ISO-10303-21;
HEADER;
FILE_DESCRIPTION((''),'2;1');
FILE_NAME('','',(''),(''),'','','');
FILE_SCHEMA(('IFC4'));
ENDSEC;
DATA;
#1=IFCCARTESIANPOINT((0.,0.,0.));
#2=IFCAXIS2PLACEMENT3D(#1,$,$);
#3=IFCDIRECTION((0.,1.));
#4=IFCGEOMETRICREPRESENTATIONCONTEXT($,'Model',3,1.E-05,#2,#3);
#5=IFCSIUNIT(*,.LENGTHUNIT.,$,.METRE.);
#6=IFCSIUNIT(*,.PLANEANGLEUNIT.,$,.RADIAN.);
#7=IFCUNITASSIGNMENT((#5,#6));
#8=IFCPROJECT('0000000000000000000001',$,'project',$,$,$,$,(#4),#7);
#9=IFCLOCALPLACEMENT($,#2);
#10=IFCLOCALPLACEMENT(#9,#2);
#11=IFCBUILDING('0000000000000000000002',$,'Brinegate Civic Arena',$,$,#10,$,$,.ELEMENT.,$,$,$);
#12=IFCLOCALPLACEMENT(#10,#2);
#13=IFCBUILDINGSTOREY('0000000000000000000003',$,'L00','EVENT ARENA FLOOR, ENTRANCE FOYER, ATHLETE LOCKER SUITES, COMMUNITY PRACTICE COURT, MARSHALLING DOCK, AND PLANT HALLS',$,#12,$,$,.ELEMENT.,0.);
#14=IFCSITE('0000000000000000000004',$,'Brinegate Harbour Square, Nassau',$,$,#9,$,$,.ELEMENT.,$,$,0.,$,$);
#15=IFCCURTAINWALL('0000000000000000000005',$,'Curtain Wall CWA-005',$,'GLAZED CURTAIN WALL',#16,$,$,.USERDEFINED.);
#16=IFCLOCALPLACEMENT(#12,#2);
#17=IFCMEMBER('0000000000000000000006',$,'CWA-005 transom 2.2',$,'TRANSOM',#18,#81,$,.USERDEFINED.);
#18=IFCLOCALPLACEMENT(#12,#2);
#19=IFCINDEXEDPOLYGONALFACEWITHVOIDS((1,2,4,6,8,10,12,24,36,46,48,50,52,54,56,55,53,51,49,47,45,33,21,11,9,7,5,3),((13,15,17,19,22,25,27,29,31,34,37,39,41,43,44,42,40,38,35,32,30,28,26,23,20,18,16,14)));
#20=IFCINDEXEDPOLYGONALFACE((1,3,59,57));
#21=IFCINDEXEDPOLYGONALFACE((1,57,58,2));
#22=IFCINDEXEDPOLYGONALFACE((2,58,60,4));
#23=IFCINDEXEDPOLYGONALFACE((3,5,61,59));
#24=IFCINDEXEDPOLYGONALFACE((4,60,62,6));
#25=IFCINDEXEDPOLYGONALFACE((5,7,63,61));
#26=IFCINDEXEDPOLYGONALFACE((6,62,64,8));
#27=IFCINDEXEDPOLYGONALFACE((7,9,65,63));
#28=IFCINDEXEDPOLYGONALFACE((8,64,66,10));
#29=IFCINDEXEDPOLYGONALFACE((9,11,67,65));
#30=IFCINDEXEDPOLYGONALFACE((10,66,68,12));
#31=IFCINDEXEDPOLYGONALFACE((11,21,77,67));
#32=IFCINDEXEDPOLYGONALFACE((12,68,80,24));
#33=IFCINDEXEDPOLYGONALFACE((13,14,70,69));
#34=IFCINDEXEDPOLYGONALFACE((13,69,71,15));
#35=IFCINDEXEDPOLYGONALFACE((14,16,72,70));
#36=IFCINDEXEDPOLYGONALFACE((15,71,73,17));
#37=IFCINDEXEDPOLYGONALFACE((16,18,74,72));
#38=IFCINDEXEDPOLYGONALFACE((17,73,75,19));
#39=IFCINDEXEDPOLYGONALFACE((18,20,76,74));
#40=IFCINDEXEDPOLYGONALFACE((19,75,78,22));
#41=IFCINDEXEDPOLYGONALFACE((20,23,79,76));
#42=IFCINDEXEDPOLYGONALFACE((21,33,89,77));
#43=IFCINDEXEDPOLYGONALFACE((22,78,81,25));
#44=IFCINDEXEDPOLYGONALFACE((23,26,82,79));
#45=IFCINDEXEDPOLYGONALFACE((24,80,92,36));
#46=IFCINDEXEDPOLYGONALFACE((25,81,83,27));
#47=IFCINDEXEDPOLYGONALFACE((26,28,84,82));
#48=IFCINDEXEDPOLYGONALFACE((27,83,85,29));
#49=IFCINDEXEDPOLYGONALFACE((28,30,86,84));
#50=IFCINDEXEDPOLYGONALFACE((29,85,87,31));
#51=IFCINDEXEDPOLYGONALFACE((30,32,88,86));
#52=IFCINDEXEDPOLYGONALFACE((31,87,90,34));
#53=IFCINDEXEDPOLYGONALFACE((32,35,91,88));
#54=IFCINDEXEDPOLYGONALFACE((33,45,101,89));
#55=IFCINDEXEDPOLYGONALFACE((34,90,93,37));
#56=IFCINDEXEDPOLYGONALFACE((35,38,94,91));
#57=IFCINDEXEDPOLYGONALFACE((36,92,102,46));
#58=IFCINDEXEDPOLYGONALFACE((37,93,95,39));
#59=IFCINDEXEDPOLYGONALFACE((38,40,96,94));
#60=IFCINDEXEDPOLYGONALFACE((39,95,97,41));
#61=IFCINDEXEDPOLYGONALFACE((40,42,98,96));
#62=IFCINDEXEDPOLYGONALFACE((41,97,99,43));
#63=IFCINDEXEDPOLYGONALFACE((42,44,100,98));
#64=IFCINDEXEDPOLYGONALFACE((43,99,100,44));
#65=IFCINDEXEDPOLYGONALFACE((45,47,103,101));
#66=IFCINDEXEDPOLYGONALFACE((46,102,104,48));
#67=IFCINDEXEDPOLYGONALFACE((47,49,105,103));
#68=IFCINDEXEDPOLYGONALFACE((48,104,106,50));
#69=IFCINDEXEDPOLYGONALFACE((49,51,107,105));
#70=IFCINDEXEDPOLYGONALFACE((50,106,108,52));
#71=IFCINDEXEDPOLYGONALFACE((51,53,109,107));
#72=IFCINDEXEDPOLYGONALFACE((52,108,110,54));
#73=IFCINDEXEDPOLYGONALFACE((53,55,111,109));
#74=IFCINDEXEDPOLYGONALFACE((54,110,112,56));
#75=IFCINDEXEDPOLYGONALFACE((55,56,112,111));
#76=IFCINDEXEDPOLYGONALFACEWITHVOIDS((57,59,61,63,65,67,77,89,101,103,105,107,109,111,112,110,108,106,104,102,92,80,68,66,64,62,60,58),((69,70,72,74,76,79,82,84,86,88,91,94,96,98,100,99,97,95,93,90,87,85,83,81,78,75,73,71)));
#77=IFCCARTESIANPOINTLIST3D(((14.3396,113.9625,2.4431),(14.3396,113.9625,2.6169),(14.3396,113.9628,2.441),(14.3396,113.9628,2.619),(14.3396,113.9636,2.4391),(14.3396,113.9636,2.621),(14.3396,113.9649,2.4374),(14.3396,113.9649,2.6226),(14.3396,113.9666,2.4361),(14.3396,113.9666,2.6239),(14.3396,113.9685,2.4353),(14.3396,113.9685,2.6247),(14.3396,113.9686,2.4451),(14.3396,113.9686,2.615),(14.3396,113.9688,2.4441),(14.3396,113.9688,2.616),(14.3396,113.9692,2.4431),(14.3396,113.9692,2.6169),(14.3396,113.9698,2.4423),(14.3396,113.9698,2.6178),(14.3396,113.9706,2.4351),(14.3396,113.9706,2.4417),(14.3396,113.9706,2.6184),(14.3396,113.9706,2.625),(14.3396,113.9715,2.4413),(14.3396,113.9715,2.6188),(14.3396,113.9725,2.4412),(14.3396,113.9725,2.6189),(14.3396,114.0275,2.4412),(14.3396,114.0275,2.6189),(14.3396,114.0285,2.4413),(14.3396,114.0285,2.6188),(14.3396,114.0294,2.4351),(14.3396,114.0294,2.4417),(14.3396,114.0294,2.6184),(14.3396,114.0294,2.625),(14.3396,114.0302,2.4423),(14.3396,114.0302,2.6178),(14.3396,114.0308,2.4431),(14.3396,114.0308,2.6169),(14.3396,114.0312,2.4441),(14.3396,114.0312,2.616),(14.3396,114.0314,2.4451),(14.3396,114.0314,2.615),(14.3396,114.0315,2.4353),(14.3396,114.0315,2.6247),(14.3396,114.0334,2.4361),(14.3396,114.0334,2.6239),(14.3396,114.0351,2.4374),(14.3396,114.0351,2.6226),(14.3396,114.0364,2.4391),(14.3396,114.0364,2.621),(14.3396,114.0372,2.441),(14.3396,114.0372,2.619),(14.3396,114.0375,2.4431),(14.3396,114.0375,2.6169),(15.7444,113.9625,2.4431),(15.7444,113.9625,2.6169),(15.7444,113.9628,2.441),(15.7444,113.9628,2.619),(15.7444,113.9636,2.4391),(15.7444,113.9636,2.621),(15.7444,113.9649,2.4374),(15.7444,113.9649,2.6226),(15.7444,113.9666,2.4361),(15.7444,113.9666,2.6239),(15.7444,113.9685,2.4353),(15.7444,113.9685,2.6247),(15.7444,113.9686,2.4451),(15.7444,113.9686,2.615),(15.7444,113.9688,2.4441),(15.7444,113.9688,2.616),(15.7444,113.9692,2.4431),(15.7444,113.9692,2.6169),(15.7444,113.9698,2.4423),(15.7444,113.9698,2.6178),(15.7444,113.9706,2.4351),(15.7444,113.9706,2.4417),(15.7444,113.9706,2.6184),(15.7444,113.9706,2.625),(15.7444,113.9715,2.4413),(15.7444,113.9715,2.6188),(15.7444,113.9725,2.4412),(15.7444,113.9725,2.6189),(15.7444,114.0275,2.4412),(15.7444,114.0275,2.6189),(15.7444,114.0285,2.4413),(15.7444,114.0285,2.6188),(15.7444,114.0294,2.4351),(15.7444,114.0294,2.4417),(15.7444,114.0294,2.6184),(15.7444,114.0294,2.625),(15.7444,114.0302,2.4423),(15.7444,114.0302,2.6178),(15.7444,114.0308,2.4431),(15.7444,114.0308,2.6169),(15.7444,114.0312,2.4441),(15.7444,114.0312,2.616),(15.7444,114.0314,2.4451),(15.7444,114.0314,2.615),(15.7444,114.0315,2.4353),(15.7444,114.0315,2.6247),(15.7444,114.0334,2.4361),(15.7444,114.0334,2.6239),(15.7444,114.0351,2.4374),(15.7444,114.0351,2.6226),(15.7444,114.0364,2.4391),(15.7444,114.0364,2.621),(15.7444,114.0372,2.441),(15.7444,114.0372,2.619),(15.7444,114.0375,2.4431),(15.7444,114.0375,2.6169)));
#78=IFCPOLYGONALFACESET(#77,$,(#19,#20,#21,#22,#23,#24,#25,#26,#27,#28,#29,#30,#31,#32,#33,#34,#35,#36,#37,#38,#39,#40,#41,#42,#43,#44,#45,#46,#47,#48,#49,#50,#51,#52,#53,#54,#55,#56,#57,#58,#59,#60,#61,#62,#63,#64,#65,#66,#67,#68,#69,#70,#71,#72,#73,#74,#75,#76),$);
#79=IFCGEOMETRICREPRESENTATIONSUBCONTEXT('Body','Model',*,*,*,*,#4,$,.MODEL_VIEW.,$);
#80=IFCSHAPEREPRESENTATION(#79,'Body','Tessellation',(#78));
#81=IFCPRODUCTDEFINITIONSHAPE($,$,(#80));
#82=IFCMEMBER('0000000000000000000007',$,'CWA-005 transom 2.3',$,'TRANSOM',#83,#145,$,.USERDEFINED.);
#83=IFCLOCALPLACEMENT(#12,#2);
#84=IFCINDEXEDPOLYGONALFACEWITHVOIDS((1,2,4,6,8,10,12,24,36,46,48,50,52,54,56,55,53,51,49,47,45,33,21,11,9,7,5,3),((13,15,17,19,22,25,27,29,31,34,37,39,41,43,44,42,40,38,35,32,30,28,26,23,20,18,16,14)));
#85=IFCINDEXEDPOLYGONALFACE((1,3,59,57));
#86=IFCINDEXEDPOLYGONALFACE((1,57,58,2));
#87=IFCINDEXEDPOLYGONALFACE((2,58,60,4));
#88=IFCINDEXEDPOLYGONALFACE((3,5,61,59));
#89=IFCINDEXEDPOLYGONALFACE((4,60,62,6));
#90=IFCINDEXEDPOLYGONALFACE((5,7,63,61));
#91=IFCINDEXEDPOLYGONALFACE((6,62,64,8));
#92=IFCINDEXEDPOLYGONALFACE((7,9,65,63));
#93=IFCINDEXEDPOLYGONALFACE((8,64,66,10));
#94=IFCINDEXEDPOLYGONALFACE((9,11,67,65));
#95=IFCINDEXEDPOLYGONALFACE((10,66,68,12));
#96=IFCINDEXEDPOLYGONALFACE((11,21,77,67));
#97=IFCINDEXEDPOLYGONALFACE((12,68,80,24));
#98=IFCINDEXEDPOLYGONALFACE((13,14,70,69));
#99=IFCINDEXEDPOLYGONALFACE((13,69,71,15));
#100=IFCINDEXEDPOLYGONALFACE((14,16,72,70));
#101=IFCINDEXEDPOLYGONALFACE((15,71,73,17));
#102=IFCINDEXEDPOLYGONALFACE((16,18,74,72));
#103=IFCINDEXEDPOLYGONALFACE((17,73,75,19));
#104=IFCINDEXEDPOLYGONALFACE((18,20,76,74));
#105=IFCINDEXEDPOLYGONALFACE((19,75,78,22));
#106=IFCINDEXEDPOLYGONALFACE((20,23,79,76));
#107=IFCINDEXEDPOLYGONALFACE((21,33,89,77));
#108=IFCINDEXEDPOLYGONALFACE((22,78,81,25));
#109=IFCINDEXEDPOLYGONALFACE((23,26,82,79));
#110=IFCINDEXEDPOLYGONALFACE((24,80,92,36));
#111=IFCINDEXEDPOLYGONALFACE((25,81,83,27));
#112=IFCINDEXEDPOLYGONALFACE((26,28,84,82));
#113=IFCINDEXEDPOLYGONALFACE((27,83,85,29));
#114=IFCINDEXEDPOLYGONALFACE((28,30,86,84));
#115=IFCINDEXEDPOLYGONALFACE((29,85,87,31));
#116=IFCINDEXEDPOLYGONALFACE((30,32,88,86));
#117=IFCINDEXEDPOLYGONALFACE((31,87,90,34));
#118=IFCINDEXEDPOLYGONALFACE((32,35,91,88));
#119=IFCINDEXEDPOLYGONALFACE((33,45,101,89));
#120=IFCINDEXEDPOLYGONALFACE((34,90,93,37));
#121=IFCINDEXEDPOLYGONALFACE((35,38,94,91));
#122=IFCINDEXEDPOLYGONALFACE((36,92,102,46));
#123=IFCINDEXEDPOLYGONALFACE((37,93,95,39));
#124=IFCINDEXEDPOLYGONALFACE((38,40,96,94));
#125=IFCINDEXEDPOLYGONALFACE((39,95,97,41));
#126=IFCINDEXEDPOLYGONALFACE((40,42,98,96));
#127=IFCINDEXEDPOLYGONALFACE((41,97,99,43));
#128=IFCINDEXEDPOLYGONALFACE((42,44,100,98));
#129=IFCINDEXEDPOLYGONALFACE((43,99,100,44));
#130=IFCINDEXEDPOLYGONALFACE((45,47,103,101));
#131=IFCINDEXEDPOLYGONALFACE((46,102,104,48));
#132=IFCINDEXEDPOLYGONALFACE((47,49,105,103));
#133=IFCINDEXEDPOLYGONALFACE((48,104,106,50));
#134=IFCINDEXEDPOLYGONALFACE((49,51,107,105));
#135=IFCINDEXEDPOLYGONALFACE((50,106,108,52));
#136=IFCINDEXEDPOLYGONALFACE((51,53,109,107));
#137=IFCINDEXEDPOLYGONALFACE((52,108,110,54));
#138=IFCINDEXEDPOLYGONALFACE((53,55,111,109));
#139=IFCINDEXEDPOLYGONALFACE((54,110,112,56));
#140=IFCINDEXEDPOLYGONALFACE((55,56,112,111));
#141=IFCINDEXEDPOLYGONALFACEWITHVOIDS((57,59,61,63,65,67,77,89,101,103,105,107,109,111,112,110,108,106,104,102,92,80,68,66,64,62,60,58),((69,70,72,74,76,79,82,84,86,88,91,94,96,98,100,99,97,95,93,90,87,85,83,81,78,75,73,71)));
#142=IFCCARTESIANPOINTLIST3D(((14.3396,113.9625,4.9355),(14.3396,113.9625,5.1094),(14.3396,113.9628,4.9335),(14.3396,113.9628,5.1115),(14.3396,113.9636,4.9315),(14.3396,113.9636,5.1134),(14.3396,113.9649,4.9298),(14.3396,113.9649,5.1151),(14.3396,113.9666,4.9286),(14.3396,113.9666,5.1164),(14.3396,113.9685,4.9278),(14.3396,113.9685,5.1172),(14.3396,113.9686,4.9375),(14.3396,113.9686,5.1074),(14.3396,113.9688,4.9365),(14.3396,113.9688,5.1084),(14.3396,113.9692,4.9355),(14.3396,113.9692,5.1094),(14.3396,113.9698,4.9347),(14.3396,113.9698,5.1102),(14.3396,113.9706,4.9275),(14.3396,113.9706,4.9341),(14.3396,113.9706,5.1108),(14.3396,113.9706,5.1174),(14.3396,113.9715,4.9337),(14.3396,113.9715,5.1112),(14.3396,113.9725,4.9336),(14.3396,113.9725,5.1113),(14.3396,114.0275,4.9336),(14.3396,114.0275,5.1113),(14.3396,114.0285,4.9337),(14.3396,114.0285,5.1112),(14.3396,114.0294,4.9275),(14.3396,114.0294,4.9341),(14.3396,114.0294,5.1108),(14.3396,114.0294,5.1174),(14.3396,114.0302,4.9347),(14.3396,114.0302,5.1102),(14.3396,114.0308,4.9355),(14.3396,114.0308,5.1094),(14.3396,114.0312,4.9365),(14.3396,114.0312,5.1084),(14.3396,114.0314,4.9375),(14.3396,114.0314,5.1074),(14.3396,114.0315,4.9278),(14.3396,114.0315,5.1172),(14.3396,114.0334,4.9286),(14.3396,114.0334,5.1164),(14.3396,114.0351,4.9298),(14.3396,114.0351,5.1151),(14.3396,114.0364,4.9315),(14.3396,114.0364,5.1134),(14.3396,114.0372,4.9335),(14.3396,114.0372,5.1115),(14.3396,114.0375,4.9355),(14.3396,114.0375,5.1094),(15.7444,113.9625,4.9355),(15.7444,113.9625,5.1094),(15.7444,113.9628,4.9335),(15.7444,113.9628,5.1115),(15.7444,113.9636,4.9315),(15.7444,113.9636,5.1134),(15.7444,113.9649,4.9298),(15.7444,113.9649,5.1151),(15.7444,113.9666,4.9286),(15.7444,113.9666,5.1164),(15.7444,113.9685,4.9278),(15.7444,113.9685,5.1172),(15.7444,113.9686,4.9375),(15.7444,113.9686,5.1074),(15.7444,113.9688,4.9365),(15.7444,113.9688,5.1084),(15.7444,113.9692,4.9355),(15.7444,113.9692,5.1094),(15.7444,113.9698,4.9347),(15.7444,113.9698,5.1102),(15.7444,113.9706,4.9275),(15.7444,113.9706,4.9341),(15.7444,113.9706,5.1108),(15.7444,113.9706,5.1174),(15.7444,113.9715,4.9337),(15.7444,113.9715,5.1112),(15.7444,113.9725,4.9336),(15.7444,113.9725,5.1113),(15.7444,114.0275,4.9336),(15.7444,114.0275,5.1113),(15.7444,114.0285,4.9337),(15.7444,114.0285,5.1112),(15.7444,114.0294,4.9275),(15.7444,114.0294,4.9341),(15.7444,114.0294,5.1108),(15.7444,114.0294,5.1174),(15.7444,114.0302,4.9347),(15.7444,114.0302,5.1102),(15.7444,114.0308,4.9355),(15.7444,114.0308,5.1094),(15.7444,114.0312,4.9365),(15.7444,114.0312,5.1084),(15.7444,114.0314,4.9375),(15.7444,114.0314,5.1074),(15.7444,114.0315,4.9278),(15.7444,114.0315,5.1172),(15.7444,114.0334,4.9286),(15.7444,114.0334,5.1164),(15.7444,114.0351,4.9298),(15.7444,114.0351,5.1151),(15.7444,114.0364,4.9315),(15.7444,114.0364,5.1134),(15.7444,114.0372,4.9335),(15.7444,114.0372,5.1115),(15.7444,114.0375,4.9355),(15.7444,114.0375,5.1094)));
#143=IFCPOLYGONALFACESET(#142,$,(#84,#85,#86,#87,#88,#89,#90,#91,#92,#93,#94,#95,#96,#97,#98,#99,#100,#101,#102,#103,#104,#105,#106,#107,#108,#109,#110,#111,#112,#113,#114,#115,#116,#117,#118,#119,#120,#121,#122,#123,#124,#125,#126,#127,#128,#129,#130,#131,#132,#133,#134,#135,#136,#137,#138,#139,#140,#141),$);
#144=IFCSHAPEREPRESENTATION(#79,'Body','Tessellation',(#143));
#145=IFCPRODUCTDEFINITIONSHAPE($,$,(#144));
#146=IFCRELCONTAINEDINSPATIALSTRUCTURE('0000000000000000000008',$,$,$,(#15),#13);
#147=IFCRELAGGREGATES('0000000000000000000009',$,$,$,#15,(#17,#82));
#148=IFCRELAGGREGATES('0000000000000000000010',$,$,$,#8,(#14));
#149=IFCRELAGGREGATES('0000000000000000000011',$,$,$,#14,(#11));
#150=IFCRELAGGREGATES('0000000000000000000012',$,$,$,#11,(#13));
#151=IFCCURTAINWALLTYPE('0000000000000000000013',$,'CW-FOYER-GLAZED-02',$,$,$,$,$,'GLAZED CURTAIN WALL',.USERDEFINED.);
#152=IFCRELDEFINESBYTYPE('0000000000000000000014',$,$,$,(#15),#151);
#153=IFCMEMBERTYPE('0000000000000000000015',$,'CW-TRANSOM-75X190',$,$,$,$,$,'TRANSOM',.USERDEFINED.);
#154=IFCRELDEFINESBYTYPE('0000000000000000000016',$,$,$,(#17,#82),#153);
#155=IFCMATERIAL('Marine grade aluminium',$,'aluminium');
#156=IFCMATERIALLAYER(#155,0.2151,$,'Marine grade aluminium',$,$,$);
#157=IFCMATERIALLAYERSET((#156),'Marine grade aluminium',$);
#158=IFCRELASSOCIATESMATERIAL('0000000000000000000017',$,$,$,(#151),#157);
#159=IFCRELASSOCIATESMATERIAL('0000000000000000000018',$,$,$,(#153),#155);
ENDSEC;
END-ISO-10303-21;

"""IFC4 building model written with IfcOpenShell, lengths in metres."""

from ifc_helpers import new_model, si_unit, direction, frame, origin, origin_2d, place, context, subcontext, project, spatial, hollow_rectangle, extrude, material, layer, layer_set, material_profile, profile_set, type_object, element, aggregate, save


model = new_model("IFC4")

# Units and contexts
model_context = context("Model", 3, precision=1e-05, world=origin(), true_north=direction((0.0, 1.0)))
body_context = subcontext(model_context, "Body", "Model", "MODEL_VIEW")
ifc_project = project(units=[si_unit("LENGTHUNIT", "METRE"), si_unit("PLANEANGLEUNIT", "RADIAN")], contexts=[model_context])

# Site, building, storey
site_placement = place(None, origin())
site = spatial("IfcSite", under=ifc_project, at=site_placement, Name="Brinegate Harbour Square, Nassau", CompositionType="ELEMENT", RefElevation=0.0)
building_placement = place(site_placement, origin())
building = spatial("IfcBuilding", under=site, at=building_placement, Name="Brinegate Civic Arena", CompositionType="ELEMENT")
storey_placement = place(building_placement, origin())
storey = spatial("IfcBuildingStorey", under=building, at=storey_placement, Name="L00", Description="EVENT ARENA FLOOR, ENTRANCE FOYER, ATHLETE LOCKER SUITES, COMMUNITY PRACTICE COURT, MARSHALLING DOCK, AND PLANT HALLS", CompositionType="ELEMENT", Elevation=0.0)

# Curtain wall, members
ifc_material_1 = material(Name="Marine grade aluminium", Category="aluminium")
ifc_layer_1 = layer(ifc_material_1, 0.2151, Name="Marine grade aluminium")
ifc_layer_set_1 = layer_set([ifc_layer_1], Name="Marine grade aluminium")
curtain_wall_type = type_object("IfcCurtainWallType", Name="CW-FOYER-GLAZED-02", ElementType="GLAZED CURTAIN WALL", PredefinedType="USERDEFINED", material=ifc_layer_set_1)
curtain_wall_placement = place(storey_placement, origin())
curtain_wall = element("IfcCurtainWall", 1, at=curtain_wall_placement, inside=storey, type_object=curtain_wall_type, Name="Curtain Wall CWA-005", ObjectType="GLAZED CURTAIN WALL", PredefinedType="USERDEFINED")
ifc_material_profile_1 = material_profile(ifc_material_1, hollow_rectangle(XDim=0.075, YDim=0.1899, WallThickness=0.0061, InnerFilletRadius=0.0039, OuterFilletRadius=0.0081, at=origin_2d()), Name="TRN75X190")
ifc_profile_set_1 = profile_set([ifc_material_profile_1], Name="Marine grade aluminium")
member_type_1 = type_object("IfcMemberType", Name="CW-TRANSOM-75X190", ElementType="TRANSOM", PredefinedType="USERDEFINED", material=ifc_profile_set_1)
member_1_placement = place(storey_placement, frame((14.3396, 114.0, 2.53), z_axis=(1.0, 0.0, 0.0), x_axis=(0.0, 1.0, 0.0)))
member_1 = element("IfcMember", 2, at=member_1_placement, type_object=member_type_1, Name="CWA-005 transom 2.2", ObjectType="TRANSOM", PredefinedType="USERDEFINED", context=body_context, shape_type="SweptSolid", body=[
    extrude(hollow_rectangle(XDim=0.075, YDim=0.1899, WallThickness=0.0061, InnerFilletRadius=0.0039, OuterFilletRadius=0.0081, at=origin_2d()), origin(), (0.0, 0.0, 1.0), 1.4048),
])
member_2_placement = place(storey_placement, frame((14.3396, 114.0, 5.0225), z_axis=(1.0, 0.0, 0.0), x_axis=(0.0, 1.0, 0.0)))
member_2 = element("IfcMember", 3, at=member_2_placement, type_object=member_type_1, Name="CWA-005 transom 2.3", ObjectType="TRANSOM", PredefinedType="USERDEFINED", context=body_context, shape_type="SweptSolid", body=[
    extrude(hollow_rectangle(XDim=0.075, YDim=0.1899, WallThickness=0.0061, InnerFilletRadius=0.0039, OuterFilletRadius=0.0081, at=origin_2d()), origin(), (0.0, 0.0, 1.0), 1.4048),
])
aggregate(curtain_wall, [member_1, member_2])

save(model, "model.ifc")
